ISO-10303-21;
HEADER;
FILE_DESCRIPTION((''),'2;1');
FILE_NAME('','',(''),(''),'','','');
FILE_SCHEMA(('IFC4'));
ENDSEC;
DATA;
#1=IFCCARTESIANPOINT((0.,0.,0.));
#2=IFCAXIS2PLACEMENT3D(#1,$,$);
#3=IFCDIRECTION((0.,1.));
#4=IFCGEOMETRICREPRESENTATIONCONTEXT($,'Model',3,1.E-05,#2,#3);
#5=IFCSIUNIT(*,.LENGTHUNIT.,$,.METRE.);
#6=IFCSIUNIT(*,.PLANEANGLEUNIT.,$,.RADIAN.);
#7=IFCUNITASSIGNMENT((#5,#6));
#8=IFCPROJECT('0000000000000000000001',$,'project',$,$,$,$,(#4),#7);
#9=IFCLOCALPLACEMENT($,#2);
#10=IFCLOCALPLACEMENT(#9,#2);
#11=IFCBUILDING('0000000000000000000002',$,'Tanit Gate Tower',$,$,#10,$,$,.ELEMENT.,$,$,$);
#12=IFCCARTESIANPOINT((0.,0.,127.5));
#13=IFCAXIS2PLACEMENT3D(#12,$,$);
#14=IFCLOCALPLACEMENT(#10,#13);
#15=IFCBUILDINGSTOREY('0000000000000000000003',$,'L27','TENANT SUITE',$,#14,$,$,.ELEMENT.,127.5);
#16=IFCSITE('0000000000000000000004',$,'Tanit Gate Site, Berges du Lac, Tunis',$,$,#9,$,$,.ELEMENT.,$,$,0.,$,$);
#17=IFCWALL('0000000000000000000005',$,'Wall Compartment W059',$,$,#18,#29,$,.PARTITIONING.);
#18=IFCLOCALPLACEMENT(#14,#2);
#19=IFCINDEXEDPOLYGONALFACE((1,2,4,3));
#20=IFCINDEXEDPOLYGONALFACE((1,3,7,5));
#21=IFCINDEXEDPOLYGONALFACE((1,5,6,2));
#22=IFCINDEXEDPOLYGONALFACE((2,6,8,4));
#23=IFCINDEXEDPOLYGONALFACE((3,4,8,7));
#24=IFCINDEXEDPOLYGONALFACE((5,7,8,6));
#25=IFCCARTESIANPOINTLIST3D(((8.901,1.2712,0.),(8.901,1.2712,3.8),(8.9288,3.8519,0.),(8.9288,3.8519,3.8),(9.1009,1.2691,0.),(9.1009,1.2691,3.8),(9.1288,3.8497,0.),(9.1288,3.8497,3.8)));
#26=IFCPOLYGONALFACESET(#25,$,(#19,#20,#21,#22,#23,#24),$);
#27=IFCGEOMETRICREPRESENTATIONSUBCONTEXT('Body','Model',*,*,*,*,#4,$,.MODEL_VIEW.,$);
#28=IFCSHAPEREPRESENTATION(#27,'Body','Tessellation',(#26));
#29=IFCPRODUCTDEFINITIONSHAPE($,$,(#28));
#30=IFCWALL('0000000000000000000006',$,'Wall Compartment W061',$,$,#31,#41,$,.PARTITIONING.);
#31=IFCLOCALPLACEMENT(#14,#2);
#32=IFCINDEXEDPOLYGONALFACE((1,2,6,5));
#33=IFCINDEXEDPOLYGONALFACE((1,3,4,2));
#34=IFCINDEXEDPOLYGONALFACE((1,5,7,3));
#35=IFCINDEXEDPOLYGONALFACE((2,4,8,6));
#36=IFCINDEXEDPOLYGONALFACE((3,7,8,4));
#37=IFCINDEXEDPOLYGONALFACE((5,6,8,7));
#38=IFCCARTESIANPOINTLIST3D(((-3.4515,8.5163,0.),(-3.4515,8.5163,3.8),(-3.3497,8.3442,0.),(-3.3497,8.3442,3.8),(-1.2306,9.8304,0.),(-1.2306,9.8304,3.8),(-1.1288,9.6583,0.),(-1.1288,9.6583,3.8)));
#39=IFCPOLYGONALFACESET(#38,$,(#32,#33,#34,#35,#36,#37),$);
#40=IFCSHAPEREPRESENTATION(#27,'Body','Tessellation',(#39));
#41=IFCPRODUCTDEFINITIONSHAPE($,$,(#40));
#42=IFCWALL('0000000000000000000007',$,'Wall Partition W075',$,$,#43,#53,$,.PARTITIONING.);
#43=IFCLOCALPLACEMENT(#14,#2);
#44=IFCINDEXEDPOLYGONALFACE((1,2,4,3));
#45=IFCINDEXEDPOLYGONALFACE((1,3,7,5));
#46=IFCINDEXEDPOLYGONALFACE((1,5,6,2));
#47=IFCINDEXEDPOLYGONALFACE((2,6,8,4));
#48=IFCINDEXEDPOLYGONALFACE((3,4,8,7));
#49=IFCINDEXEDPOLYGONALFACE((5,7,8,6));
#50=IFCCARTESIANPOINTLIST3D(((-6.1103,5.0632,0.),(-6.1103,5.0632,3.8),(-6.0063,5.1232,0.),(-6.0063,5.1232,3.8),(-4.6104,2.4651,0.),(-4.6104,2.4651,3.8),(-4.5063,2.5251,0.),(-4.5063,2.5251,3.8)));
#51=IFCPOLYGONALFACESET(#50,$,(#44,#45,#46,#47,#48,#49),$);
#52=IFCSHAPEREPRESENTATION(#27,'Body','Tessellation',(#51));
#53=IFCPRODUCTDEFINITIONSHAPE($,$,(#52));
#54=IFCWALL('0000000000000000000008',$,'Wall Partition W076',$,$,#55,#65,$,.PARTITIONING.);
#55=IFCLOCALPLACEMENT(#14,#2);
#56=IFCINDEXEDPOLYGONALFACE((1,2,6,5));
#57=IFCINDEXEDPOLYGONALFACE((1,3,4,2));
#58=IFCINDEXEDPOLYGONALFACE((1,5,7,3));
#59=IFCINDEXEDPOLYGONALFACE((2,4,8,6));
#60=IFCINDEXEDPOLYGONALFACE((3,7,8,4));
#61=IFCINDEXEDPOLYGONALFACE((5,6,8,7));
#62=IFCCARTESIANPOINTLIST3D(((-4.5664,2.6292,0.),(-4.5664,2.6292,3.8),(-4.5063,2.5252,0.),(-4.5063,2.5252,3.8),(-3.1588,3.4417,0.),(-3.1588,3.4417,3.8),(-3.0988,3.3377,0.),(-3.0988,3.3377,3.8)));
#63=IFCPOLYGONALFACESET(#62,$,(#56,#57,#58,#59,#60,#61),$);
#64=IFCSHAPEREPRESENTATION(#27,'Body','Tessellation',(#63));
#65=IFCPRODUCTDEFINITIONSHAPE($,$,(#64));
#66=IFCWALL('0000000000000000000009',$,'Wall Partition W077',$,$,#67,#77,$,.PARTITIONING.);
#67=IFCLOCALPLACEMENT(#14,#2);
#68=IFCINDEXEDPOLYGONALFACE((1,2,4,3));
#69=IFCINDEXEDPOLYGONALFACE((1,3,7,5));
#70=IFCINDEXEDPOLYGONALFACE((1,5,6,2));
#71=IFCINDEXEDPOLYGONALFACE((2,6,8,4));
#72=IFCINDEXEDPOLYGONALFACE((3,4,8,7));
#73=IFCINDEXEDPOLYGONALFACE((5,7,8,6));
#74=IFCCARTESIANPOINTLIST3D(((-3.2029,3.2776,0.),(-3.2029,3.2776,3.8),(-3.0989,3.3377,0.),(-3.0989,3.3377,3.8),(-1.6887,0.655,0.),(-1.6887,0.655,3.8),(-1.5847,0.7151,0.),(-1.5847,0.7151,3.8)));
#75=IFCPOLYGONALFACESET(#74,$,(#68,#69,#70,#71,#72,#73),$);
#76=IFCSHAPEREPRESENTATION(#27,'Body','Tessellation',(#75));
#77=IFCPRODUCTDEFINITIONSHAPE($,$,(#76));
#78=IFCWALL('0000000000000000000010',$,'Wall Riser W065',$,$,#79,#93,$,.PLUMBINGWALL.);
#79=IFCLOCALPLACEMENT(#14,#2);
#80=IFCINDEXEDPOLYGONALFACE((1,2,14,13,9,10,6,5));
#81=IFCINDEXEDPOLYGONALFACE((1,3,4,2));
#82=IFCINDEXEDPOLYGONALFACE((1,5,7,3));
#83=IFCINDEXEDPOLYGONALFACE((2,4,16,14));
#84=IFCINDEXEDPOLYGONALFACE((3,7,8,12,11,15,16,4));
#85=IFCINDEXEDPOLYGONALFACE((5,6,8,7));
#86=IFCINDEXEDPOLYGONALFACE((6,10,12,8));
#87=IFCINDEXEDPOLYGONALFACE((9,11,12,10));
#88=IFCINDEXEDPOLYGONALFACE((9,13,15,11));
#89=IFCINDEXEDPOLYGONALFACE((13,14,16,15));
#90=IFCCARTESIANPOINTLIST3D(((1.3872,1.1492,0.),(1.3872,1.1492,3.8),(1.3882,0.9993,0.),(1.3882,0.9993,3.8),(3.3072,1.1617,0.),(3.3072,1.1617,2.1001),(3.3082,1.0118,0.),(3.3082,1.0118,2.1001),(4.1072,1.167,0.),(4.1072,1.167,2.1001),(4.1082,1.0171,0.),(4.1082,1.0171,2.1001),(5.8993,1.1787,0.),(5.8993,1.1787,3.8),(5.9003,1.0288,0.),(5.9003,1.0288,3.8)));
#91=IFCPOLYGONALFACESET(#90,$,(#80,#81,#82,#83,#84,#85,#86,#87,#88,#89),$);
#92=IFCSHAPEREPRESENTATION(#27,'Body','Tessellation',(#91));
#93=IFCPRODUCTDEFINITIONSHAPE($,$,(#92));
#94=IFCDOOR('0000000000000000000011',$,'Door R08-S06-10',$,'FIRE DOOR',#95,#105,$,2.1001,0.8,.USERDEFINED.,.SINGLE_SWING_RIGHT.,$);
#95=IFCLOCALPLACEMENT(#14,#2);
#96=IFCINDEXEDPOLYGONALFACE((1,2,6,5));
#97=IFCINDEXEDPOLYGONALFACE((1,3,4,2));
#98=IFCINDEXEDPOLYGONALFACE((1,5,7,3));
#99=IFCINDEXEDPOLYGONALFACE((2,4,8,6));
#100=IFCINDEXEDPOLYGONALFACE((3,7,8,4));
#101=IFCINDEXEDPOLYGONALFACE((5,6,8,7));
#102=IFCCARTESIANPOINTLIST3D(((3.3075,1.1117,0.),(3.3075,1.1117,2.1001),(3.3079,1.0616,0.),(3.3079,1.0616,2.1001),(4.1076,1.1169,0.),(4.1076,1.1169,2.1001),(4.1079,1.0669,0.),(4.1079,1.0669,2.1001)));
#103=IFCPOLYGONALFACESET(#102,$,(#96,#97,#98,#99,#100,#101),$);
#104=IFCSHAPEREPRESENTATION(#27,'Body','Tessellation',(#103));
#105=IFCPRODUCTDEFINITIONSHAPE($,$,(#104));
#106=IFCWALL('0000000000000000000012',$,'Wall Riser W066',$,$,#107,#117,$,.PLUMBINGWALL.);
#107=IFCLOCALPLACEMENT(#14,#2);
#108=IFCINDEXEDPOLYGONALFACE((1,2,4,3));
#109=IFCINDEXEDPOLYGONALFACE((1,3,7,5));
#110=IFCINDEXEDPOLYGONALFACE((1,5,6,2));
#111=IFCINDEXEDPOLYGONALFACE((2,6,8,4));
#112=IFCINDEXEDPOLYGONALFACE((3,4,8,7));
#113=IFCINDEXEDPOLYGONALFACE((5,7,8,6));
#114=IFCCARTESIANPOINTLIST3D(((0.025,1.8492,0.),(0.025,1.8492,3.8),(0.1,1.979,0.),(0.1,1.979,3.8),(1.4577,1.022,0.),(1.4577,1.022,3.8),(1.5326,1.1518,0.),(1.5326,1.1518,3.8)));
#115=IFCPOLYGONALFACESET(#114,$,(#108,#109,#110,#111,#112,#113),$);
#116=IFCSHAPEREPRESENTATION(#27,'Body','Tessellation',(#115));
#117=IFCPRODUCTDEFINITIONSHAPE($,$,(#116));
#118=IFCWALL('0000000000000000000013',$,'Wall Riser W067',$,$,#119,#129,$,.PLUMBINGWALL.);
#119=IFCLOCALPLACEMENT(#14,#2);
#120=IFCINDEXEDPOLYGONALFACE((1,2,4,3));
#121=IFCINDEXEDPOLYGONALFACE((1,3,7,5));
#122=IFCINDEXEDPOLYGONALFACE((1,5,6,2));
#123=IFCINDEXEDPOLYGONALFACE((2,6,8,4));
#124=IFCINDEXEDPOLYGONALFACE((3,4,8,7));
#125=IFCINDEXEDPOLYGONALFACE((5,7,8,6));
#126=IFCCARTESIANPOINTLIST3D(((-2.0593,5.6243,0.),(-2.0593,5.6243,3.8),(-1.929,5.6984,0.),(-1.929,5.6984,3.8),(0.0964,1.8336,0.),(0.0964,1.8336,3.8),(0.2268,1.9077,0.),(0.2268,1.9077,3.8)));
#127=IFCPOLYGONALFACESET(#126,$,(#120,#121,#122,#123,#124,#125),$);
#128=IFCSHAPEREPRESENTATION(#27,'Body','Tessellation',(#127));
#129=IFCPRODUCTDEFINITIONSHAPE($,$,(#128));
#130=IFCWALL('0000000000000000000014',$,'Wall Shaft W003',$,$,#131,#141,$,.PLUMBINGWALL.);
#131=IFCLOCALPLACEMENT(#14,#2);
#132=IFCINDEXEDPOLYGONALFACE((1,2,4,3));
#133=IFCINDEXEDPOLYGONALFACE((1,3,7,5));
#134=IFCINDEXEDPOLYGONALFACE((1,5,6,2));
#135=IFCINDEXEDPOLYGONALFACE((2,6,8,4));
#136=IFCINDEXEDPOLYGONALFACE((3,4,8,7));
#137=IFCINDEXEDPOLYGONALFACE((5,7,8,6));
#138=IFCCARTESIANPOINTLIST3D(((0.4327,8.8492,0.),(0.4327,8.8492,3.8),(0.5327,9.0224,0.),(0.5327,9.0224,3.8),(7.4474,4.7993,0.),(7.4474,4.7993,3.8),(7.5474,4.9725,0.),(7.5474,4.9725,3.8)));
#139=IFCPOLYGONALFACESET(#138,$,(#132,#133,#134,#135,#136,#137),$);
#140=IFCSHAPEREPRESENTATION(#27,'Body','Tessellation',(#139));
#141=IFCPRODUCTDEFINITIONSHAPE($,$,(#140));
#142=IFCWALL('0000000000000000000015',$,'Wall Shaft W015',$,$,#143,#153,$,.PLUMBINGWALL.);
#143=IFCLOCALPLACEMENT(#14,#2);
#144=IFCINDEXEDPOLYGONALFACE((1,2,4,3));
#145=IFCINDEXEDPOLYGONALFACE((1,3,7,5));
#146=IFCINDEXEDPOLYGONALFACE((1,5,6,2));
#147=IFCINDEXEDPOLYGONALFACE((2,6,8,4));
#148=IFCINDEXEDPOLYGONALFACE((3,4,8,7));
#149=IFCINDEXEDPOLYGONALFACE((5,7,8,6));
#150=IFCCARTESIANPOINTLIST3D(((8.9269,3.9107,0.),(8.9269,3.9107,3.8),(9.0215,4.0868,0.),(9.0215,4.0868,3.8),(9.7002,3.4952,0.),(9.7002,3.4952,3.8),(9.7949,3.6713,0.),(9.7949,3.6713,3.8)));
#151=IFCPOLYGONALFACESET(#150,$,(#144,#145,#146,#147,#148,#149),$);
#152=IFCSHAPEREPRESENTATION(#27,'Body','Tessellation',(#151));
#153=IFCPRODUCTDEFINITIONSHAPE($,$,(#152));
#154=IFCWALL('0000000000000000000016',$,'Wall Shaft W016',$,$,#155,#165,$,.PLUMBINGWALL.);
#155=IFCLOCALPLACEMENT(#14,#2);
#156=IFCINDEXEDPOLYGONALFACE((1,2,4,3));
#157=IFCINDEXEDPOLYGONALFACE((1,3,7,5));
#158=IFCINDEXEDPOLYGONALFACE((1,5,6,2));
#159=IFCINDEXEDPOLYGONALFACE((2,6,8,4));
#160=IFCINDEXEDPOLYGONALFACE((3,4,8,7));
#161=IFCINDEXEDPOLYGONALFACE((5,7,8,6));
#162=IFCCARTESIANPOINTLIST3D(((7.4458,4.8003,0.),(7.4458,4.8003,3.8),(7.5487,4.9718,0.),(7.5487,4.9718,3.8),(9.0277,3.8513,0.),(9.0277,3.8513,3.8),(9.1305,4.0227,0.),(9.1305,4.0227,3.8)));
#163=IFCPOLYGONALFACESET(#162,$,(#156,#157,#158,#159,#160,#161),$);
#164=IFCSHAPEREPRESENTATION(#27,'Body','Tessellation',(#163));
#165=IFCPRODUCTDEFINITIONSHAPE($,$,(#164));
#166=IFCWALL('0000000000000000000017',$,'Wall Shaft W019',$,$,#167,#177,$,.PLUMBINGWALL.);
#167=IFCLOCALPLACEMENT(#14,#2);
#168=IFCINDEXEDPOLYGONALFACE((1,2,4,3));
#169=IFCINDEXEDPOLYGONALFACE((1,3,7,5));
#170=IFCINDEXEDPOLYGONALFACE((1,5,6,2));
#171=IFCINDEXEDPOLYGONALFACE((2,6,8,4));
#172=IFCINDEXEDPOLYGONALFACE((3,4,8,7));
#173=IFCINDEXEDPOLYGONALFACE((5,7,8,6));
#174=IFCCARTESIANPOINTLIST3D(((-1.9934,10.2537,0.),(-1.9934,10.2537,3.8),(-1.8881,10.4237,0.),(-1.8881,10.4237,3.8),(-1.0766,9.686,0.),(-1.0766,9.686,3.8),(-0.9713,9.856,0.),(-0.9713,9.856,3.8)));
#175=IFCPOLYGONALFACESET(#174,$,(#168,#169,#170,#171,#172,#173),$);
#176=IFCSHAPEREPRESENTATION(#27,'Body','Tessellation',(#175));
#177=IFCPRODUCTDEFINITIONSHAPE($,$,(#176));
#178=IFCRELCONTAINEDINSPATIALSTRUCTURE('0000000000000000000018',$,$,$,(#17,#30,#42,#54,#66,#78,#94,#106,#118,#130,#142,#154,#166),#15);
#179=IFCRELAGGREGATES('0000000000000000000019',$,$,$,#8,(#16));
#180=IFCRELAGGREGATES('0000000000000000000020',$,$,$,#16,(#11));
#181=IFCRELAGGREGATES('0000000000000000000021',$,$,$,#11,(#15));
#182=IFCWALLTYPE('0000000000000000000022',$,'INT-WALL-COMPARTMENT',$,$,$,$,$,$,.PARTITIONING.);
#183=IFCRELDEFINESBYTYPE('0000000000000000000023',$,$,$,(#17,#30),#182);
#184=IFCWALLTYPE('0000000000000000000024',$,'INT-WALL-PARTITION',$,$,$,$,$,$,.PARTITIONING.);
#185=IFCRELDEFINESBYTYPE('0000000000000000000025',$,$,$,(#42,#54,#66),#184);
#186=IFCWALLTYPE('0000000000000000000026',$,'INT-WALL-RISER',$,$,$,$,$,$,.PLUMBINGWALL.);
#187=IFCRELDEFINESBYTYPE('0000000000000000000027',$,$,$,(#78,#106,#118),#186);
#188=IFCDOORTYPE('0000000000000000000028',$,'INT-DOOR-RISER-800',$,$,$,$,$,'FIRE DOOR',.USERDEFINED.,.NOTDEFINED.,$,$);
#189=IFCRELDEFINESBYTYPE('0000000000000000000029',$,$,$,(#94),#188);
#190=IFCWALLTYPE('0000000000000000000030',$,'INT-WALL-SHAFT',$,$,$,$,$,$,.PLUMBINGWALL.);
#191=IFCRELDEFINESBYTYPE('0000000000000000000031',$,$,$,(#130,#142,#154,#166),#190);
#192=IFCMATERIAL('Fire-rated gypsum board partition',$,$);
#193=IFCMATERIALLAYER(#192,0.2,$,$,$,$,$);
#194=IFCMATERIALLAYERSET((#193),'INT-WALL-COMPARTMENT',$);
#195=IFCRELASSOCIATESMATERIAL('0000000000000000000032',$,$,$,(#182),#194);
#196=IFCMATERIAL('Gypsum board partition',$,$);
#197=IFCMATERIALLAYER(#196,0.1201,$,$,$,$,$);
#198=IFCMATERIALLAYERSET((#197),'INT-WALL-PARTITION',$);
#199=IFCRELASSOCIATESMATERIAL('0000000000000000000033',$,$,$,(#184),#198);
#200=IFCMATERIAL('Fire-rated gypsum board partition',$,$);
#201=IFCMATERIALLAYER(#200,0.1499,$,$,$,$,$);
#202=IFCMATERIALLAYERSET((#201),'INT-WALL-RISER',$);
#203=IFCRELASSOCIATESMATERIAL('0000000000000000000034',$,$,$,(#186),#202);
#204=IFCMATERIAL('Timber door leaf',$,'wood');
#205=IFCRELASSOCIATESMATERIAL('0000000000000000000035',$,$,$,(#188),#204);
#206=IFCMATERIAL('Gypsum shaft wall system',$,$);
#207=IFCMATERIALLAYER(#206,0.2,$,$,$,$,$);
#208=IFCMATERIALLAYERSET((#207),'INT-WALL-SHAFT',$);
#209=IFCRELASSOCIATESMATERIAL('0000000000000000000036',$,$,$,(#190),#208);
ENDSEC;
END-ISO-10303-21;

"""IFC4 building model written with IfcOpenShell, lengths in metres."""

from ifc_helpers import new_model, si_unit, direction, frame, frame_2d, origin, place, context, subcontext, project, spatial, rectangle, extrude, material, layer, layer_set, type_object, element, fill, save


model = new_model("IFC4")

# Units and contexts
model_context = context("Model", 3, precision=1e-05, world=origin(), true_north=direction((0.0, 1.0)))
body_context = subcontext(model_context, "Body", "Model", "MODEL_VIEW")
ifc_project = project(units=[si_unit("LENGTHUNIT", "METRE"), si_unit("PLANEANGLEUNIT", "RADIAN")], contexts=[model_context])

# Site, building, storey
site_placement = place(None, origin())
site = spatial("IfcSite", under=ifc_project, at=site_placement, Name="Tanit Gate Site, Berges du Lac, Tunis", CompositionType="ELEMENT", RefElevation=0.0)
building_placement = place(site_placement, origin())
building = spatial("IfcBuilding", under=site, at=building_placement, Name="Tanit Gate Tower", CompositionType="ELEMENT")
storey_placement = place(building_placement, frame((0.0, 0.0, 127.5)))
storey = spatial("IfcBuildingStorey", under=building, at=storey_placement, Name="L27", Description="TENANT SUITE", CompositionType="ELEMENT", Elevation=127.5)

# Walls
ifc_material_1 = material(Name="Fire-rated gypsum board partition")
ifc_layer_1 = layer(ifc_material_1, 0.2)
ifc_layer_set_1 = layer_set([ifc_layer_1], Name="INT-WALL-COMPARTMENT")
wall_type_1 = type_object("IfcWallType", Name="INT-WALL-COMPARTMENT", PredefinedType="PARTITIONING", material=ifc_layer_set_1)
wall_1_placement = place(storey_placement, frame((9.001, 1.27, 0.0), z_axis=(0.0, 0.0, 1.0), x_axis=(0.010785, 0.999942, 0.0)))
element("IfcWall", 1, at=wall_1_placement, inside=storey, type_object=wall_type_1, Name="Wall Compartment W059", PredefinedType="PARTITIONING", context=body_context, shape_type="SweptSolid", body=[
    extrude(rectangle(XDim=2.5808, YDim=0.2, at=frame_2d((1.2905, 0.0))), origin(), (0.0, 0.0, 1.0), 3.8),
])
wall_2_placement = place(storey_placement, frame((-1.1797, 9.7444, 0.0), z_axis=(0.0, 0.0, 1.0), x_axis=(-0.860616, -0.509255, 0.0)))
element("IfcWall", 2, at=wall_2_placement, inside=storey, type_object=wall_type_1, Name="Wall Compartment W061", PredefinedType="PARTITIONING", context=body_context, shape_type="SweptSolid", body=[
    extrude(rectangle(XDim=2.5806, YDim=0.2, at=frame_2d((1.2903, 0.0))), origin(), (0.0, 0.0, 1.0), 3.8),
])
ifc_material_2 = material(Name="Gypsum board partition")
ifc_layer_2 = layer(ifc_material_2, 0.1201)
ifc_layer_set_2 = layer_set([ifc_layer_2], Name="INT-WALL-PARTITION")
wall_type_2 = type_object("IfcWallType", Name="INT-WALL-PARTITION", PredefinedType="PARTITIONING", material=ifc_layer_set_2)
wall_3_placement = place(storey_placement, frame((-4.5583, 2.4951, 0.0), z_axis=(0.0, 0.0, 1.0), x_axis=(-0.49999, 0.866031, 0.0)))
element("IfcWall", 3, at=wall_3_placement, inside=storey, type_object=wall_type_2, Name="Wall Partition W075", PredefinedType="PARTITIONING", context=body_context, shape_type="SweptSolid", body=[
    extrude(rectangle(XDim=3.0, YDim=0.1201, at=frame_2d((1.5, 0.0))), origin(), (0.0, 0.0, 1.0), 3.8),
])
wall_4_placement = place(storey_placement, frame((-3.1289, 3.3896, 0.0), z_axis=(0.0, 0.0, 1.0), x_axis=(-0.866053, -0.499952, 0.0)))
element("IfcWall", 4, at=wall_4_placement, inside=storey, type_object=wall_type_2, Name="Wall Partition W076", PredefinedType="PARTITIONING", context=body_context, shape_type="SweptSolid", body=[
    extrude(rectangle(XDim=1.6252, YDim=0.1201, at=frame_2d((0.8125, 0.0))), origin(), (0.0, 0.0, 1.0), 3.8),
])
wall_5_placement = place(storey_placement, frame((-1.6367, 0.6851, 0.0), z_axis=(0.0, 0.0, 1.0), x_axis=(-0.500006, 0.866022, 0.0)))
element("IfcWall", 5, at=wall_5_placement, inside=storey, type_object=wall_type_2, Name="Wall Partition W077", PredefinedType="PARTITIONING", context=body_context, shape_type="SweptSolid", body=[
    extrude(rectangle(XDim=3.0283, YDim=0.1201, at=frame_2d((1.5142, 0.0))), origin(), (0.0, 0.0, 1.0), 3.8),
])

# Wall, opening, door
ifc_material_3 = material(Name="Fire-rated gypsum board partition")
ifc_layer_3 = layer(ifc_material_3, 0.1499)
ifc_layer_set_3 = layer_set([ifc_layer_3], Name="INT-WALL-RISER")
wall_type_3 = type_object("IfcWallType", Name="INT-WALL-RISER", PredefinedType="PLUMBINGWALL", material=ifc_layer_set_3)
wall_6_placement = place(storey_placement, frame((1.3877, 1.0742, 0.0), z_axis=(0.0, 0.0, 1.0), x_axis=(0.999979, 0.006547, 0.0)))
wall_6 = element("IfcWall", 6, at=wall_6_placement, inside=storey, type_object=wall_type_3, Name="Wall Riser W065", PredefinedType="PLUMBINGWALL", context=body_context, shape_type="SweptSolid", body=[
    extrude(rectangle(XDim=4.5122, YDim=0.1499, at=frame_2d((2.2561, 0.0))), origin(), (0.0, 0.0, 1.0), 3.8),
])
opening_1_placement = place(wall_6_placement, frame((1.9202, 0.0, 0.0)))
opening_1 = element("IfcOpeningElement", 7, at=opening_1_placement, cuts=wall_6, PredefinedType="OPENING", context=body_context, shape_type="SweptSolid", body=[
    extrude(rectangle(XDim=0.8, YDim=2.1001, at=frame_2d((0.3999, 1.05))), frame((0.0, 0.085, 0.0), z_axis=(0.0, -1.0, 0.0), x_axis=(1.0, 0.0, 0.0)), (0.0, 0.0, 1.0), 0.1699),
])
ifc_material_4 = material(Name="Timber door leaf", Category="wood")
door_type_1 = type_object("IfcDoorType", Name="INT-DOOR-RISER-800", ElementType="FIRE DOOR", OperationType="NOTDEFINED", PredefinedType="USERDEFINED", material=ifc_material_4)
door_1_placement = place(opening_1_placement, origin())
door_1 = element("IfcDoor", 8, at=door_1_placement, inside=storey, type_object=door_type_1, Name="Door R08-S06-10", ObjectType="FIRE DOOR", OperationType="SINGLE_SWING_RIGHT", OverallHeight=2.1001, OverallWidth=0.8, PredefinedType="USERDEFINED", context=body_context, shape_type="SweptSolid", body=[
    extrude(rectangle(XDim=0.8, YDim=2.1001, at=frame_2d((0.3999, 1.05))), frame((0.0, 0.0249, 0.0), z_axis=(0.0, -1.0, 0.0), x_axis=(1.0, 0.0, 0.0)), (0.0, 0.0, 1.0), 0.05),
])
fill(opening_1, door_1)

# Walls
wall_7_placement = place(storey_placement, frame((0.0625, 1.9141, 0.0), z_axis=(0.0, 0.0, 1.0), x_axis=(0.866018, -0.500012, 0.0)))
element("IfcWall", 9, at=wall_7_placement, inside=storey, type_object=wall_type_3, Name="Wall Riser W066", PredefinedType="PLUMBINGWALL", context=body_context, shape_type="SweptSolid", body=[
    extrude(rectangle(XDim=1.6543, YDim=0.1499, at=frame_2d((0.8271, 0.0))), origin(), (0.0, 0.0, 1.0), 3.8),
])
wall_8_placement = place(storey_placement, frame((-1.9941, 5.6614, 0.0), z_axis=(0.0, 0.0, 1.0), x_axis=(0.494341, -0.869268, 0.0)))
element("IfcWall", 10, at=wall_8_placement, inside=storey, type_object=wall_type_3, Name="Wall Riser W067", PredefinedType="PLUMBINGWALL", context=body_context, shape_type="SweptSolid", body=[
    extrude(rectangle(XDim=4.3608, YDim=0.1499, at=frame_2d((2.1804, 0.0))), origin(), (0.0, 0.0, 1.0), 3.8),
])
ifc_material_5 = material(Name="Gypsum shaft wall system")
ifc_layer_4 = layer(ifc_material_5, 0.2)
ifc_layer_set_4 = layer_set([ifc_layer_4], Name="INT-WALL-SHAFT")
wall_type_4 = type_object("IfcWallType", Name="INT-WALL-SHAFT", PredefinedType="PLUMBINGWALL", material=ifc_layer_set_4)
wall_9_placement = place(storey_placement, frame((7.4973, 4.886, 0.0), z_axis=(0.0, 0.0, 1.0), x_axis=(-0.866031, 0.49999, 0.0)))
element("IfcWall", 11, at=wall_9_placement, inside=storey, type_object=wall_type_4, Name="Wall Shaft W003", PredefinedType="PLUMBINGWALL", context=body_context, shape_type="SweptSolid", body=[
    extrude(rectangle(XDim=8.0999, YDim=0.2, at=frame_2d((4.0498, 0.0))), origin(), (0.0, 0.0, 1.0), 3.8),
])
wall_10_placement = place(storey_placement, frame((9.7476, 3.5833, 0.0), z_axis=(0.0, 0.0, 1.0), x_axis=(-0.880917, 0.473271, 0.0)))
element("IfcWall", 12, at=wall_10_placement, inside=storey, type_object=wall_type_4, Name="Wall Shaft W015", PredefinedType="PLUMBINGWALL", context=body_context, shape_type="SweptSolid", body=[
    extrude(rectangle(XDim=0.8779, YDim=0.2, at=frame_2d((0.439, 0.0))), origin(), (0.0, 0.0, 1.0), 3.8),
])
wall_11_placement = place(storey_placement, frame((9.0791, 3.937, 0.0), z_axis=(0.0, 0.0, 1.0), x_axis=(-0.857516, 0.514457, 0.0)))
element("IfcWall", 13, at=wall_11_placement, inside=storey, type_object=wall_type_4, Name="Wall Shaft W016", PredefinedType="PLUMBINGWALL", context=body_context, shape_type="SweptSolid", body=[
    extrude(rectangle(XDim=1.8447, YDim=0.2, at=frame_2d((0.9224, 0.0))), origin(), (0.0, 0.0, 1.0), 3.8),
])
wall_12_placement = place(storey_placement, frame((-1.9407, 10.3386, 0.0), z_axis=(0.0, 0.0, 1.0), x_axis=(0.850217, -0.526433, 0.0)))
element("IfcWall", 14, at=wall_12_placement, inside=storey, type_object=wall_type_4, Name="Wall Shaft W019", PredefinedType="PLUMBINGWALL", context=body_context, shape_type="SweptSolid", body=[
    extrude(rectangle(XDim=1.0784, YDim=0.2, at=frame_2d((0.5391, 0.0))), origin(), (0.0, 0.0, 1.0), 3.8),
])

save(model, "model.ifc")
